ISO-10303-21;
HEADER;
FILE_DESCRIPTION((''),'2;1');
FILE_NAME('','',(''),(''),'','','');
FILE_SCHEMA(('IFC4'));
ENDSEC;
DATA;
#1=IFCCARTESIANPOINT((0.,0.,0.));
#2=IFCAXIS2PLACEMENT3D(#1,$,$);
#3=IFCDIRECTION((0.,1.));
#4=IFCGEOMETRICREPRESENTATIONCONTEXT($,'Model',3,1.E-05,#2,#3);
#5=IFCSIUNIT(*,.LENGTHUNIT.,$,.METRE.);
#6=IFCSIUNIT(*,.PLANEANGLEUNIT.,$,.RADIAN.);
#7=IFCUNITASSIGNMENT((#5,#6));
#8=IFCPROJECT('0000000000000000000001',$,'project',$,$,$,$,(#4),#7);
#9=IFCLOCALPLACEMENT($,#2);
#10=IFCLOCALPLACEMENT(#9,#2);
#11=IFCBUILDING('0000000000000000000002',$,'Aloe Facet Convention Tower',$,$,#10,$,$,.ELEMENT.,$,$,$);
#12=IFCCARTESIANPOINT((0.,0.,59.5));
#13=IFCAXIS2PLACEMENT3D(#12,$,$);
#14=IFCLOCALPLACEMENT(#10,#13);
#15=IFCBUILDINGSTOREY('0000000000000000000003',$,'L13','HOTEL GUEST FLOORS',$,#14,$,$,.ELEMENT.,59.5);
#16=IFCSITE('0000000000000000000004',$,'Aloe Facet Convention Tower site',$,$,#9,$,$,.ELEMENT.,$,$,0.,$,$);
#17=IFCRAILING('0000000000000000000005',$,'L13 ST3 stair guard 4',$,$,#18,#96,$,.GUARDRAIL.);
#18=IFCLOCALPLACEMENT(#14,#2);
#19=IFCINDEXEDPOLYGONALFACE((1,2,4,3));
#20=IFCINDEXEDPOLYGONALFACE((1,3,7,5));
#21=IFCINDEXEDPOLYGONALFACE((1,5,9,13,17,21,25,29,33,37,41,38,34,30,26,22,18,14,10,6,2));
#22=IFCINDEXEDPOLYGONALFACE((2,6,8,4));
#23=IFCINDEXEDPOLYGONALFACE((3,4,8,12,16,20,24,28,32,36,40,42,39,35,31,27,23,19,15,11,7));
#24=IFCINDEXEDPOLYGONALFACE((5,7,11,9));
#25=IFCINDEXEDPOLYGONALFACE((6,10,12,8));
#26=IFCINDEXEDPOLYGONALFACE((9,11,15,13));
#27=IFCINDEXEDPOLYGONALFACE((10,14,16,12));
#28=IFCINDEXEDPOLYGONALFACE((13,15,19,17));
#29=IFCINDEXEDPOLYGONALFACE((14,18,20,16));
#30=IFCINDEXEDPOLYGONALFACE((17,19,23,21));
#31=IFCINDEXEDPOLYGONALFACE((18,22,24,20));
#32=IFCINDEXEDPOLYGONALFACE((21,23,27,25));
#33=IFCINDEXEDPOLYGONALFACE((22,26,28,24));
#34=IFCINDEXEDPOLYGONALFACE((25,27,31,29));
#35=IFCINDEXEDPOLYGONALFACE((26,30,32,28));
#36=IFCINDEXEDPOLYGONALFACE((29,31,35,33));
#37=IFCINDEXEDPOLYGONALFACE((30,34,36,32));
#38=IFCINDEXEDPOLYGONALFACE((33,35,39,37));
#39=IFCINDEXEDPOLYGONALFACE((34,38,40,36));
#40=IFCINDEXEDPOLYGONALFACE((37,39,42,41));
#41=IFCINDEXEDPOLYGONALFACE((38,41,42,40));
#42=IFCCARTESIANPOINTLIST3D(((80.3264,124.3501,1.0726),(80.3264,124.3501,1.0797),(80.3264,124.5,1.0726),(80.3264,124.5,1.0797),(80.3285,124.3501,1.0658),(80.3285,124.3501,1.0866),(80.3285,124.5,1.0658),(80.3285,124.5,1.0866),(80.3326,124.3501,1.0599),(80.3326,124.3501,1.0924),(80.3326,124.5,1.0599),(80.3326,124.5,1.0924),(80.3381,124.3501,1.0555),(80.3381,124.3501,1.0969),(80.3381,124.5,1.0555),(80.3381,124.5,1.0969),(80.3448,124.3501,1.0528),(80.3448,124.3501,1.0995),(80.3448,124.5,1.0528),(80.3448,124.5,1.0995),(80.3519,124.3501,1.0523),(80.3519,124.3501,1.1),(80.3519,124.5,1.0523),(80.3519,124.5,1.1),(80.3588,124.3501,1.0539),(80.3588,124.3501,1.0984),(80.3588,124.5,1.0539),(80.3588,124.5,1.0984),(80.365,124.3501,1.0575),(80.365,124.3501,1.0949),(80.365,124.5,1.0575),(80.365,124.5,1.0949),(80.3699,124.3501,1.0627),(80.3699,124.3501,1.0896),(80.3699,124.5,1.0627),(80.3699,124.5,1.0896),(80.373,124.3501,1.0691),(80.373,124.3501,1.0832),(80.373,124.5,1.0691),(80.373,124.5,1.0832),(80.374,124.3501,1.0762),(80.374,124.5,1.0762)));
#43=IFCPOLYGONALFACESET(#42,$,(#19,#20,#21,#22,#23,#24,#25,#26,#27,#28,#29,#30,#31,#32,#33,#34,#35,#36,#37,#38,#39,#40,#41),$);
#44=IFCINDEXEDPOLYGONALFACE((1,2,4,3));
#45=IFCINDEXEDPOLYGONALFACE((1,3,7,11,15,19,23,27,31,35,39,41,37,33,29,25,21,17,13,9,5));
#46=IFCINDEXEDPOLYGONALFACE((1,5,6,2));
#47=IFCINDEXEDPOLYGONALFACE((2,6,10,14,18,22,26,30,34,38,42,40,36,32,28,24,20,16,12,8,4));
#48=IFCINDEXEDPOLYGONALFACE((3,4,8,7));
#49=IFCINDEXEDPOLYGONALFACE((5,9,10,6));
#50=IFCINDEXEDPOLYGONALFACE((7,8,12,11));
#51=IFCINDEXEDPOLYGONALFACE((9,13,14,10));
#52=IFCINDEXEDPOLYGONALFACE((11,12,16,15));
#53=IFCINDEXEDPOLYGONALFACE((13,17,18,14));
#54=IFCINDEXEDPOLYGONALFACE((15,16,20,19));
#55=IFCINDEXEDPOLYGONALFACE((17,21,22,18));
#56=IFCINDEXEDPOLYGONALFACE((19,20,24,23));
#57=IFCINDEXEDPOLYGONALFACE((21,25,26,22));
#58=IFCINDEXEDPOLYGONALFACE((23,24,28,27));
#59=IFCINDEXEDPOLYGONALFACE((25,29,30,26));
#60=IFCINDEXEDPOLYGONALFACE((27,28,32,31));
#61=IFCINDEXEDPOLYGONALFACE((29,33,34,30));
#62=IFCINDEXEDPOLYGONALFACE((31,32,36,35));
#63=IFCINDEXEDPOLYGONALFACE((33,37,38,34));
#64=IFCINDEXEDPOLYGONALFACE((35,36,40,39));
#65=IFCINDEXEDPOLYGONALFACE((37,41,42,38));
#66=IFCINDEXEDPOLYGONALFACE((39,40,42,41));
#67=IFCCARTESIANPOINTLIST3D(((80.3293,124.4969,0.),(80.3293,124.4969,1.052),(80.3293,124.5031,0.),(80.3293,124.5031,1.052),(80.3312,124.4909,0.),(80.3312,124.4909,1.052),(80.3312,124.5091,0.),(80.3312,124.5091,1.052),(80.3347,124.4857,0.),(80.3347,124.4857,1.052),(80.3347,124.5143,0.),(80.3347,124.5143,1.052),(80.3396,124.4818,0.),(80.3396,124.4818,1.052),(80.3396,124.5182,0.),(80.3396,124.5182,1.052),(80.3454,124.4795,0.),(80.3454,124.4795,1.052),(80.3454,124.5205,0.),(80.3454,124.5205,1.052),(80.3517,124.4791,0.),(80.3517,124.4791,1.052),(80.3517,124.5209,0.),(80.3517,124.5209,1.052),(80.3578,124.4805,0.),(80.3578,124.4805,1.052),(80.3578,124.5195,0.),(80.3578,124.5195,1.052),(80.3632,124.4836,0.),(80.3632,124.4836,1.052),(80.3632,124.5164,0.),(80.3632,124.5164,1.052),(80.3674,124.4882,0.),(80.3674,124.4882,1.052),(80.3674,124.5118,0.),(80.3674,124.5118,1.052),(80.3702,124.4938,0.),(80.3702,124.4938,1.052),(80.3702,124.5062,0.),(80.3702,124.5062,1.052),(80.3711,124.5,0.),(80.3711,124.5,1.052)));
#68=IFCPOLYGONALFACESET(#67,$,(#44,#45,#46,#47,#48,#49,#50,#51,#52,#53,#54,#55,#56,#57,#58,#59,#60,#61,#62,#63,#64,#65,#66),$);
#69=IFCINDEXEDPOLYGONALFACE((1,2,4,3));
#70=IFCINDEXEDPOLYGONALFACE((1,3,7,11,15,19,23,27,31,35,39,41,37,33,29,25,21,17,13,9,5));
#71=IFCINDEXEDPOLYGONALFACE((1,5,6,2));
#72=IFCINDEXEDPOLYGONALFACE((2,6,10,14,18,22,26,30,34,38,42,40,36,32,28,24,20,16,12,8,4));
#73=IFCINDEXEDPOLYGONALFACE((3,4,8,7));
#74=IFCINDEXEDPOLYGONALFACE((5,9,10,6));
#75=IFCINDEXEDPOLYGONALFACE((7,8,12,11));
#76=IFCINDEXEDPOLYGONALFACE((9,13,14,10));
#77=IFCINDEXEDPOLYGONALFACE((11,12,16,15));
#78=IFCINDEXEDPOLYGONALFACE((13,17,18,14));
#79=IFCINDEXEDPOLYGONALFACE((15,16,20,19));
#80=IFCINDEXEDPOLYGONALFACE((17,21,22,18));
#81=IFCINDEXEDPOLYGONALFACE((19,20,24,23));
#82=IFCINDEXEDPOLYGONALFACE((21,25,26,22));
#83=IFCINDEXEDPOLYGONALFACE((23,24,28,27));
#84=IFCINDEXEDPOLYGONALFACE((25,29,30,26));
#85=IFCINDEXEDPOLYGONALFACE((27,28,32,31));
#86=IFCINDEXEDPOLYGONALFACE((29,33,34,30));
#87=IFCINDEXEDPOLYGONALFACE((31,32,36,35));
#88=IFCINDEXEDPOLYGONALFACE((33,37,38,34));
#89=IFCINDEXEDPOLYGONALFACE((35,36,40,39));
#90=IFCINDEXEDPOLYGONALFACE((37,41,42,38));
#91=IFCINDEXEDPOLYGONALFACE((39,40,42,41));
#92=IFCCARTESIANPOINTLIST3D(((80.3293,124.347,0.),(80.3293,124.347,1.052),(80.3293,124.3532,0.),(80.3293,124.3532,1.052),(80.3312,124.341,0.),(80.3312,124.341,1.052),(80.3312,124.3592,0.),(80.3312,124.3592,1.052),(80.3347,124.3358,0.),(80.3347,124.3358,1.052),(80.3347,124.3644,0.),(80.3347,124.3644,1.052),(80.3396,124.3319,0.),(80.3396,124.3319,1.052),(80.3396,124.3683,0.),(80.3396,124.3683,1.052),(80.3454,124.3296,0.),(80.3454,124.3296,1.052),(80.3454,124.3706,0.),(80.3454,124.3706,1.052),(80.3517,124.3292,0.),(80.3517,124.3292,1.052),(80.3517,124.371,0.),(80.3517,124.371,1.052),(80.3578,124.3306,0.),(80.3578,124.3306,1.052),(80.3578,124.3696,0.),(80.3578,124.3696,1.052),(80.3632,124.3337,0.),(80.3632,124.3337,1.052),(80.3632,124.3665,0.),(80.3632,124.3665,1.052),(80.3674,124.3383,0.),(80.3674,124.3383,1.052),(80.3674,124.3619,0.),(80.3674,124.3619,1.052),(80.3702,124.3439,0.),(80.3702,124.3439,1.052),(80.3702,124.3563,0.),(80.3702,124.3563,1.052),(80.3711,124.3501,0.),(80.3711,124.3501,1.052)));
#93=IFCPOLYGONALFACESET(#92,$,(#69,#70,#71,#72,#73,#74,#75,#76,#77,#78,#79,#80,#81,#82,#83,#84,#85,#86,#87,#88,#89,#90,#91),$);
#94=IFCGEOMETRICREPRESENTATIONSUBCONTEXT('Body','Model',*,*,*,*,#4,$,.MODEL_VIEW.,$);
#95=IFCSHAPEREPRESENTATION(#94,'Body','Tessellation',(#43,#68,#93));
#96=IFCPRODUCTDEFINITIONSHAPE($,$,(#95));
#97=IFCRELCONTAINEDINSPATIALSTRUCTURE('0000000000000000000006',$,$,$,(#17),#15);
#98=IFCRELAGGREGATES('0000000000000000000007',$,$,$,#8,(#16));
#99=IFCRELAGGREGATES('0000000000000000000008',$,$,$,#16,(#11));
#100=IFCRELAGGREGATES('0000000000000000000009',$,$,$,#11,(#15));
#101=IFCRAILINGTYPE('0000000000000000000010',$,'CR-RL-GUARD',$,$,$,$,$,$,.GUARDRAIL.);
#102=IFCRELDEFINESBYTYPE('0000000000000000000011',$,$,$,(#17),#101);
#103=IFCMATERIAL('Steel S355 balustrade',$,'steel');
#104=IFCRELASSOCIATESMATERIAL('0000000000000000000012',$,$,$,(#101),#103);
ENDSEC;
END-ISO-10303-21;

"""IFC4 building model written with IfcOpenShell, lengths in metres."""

from ifc_helpers import new_model, si_unit, direction, frame, origin, origin_2d, place, context, subcontext, project, spatial, circle, extrude, material, type_object, element, save


model = new_model("IFC4")

# Units and contexts
model_context = context("Model", 3, precision=1e-05, world=origin(), true_north=direction((0.0, 1.0)))
body_context = subcontext(model_context, "Body", "Model", "MODEL_VIEW")
ifc_project = project(units=[si_unit("LENGTHUNIT", "METRE"), si_unit("PLANEANGLEUNIT", "RADIAN")], contexts=[model_context])

# Site, building, storey
site_placement = place(None, origin())
site = spatial("IfcSite", under=ifc_project, at=site_placement, Name="Aloe Facet Convention Tower site", CompositionType="ELEMENT", RefElevation=0.0)
building_placement = place(site_placement, origin())
building = spatial("IfcBuilding", under=site, at=building_placement, Name="Aloe Facet Convention Tower", CompositionType="ELEMENT")
storey_placement = place(building_placement, frame((0.0, 0.0, 59.5)))
storey = spatial("IfcBuildingStorey", under=building, at=storey_placement, Name="L13", Description="HOTEL GUEST FLOORS", CompositionType="ELEMENT", Elevation=59.5)

# Railing
ifc_material_1 = material(Name="Steel S355 balustrade", Category="steel")
railing_type_1 = type_object("IfcRailingType", Name="CR-RL-GUARD", PredefinedType="GUARDRAIL", material=ifc_material_1)
railing_1_placement = place(storey_placement, frame((80.3501, 124.5, 0.0)))
element("IfcRailing", 1, at=railing_1_placement, inside=storey, type_object=railing_type_1, Name="L13 ST3 stair guard 4", PredefinedType="GUARDRAIL", context=body_context, shape_type="SweptSolid", body=[
    extrude(circle(Radius=0.0239, at=origin_2d()), frame((0.0, 0.0, 1.0762), z_axis=(0.0, -1.0, 0.0), x_axis=(1.0, 0.0, 0.0)), (0.0, 0.0, 1.0), 0.1499),
    extrude(circle(Radius=0.021, at=origin_2d()), origin(), (0.0, 0.0, 1.0), 1.052),
    extrude(circle(Radius=0.021, at=origin_2d()), frame((0.0, -0.1499, 0.0)), (0.0, 0.0, 1.0), 1.052),
])

save(model, "model.ifc")
